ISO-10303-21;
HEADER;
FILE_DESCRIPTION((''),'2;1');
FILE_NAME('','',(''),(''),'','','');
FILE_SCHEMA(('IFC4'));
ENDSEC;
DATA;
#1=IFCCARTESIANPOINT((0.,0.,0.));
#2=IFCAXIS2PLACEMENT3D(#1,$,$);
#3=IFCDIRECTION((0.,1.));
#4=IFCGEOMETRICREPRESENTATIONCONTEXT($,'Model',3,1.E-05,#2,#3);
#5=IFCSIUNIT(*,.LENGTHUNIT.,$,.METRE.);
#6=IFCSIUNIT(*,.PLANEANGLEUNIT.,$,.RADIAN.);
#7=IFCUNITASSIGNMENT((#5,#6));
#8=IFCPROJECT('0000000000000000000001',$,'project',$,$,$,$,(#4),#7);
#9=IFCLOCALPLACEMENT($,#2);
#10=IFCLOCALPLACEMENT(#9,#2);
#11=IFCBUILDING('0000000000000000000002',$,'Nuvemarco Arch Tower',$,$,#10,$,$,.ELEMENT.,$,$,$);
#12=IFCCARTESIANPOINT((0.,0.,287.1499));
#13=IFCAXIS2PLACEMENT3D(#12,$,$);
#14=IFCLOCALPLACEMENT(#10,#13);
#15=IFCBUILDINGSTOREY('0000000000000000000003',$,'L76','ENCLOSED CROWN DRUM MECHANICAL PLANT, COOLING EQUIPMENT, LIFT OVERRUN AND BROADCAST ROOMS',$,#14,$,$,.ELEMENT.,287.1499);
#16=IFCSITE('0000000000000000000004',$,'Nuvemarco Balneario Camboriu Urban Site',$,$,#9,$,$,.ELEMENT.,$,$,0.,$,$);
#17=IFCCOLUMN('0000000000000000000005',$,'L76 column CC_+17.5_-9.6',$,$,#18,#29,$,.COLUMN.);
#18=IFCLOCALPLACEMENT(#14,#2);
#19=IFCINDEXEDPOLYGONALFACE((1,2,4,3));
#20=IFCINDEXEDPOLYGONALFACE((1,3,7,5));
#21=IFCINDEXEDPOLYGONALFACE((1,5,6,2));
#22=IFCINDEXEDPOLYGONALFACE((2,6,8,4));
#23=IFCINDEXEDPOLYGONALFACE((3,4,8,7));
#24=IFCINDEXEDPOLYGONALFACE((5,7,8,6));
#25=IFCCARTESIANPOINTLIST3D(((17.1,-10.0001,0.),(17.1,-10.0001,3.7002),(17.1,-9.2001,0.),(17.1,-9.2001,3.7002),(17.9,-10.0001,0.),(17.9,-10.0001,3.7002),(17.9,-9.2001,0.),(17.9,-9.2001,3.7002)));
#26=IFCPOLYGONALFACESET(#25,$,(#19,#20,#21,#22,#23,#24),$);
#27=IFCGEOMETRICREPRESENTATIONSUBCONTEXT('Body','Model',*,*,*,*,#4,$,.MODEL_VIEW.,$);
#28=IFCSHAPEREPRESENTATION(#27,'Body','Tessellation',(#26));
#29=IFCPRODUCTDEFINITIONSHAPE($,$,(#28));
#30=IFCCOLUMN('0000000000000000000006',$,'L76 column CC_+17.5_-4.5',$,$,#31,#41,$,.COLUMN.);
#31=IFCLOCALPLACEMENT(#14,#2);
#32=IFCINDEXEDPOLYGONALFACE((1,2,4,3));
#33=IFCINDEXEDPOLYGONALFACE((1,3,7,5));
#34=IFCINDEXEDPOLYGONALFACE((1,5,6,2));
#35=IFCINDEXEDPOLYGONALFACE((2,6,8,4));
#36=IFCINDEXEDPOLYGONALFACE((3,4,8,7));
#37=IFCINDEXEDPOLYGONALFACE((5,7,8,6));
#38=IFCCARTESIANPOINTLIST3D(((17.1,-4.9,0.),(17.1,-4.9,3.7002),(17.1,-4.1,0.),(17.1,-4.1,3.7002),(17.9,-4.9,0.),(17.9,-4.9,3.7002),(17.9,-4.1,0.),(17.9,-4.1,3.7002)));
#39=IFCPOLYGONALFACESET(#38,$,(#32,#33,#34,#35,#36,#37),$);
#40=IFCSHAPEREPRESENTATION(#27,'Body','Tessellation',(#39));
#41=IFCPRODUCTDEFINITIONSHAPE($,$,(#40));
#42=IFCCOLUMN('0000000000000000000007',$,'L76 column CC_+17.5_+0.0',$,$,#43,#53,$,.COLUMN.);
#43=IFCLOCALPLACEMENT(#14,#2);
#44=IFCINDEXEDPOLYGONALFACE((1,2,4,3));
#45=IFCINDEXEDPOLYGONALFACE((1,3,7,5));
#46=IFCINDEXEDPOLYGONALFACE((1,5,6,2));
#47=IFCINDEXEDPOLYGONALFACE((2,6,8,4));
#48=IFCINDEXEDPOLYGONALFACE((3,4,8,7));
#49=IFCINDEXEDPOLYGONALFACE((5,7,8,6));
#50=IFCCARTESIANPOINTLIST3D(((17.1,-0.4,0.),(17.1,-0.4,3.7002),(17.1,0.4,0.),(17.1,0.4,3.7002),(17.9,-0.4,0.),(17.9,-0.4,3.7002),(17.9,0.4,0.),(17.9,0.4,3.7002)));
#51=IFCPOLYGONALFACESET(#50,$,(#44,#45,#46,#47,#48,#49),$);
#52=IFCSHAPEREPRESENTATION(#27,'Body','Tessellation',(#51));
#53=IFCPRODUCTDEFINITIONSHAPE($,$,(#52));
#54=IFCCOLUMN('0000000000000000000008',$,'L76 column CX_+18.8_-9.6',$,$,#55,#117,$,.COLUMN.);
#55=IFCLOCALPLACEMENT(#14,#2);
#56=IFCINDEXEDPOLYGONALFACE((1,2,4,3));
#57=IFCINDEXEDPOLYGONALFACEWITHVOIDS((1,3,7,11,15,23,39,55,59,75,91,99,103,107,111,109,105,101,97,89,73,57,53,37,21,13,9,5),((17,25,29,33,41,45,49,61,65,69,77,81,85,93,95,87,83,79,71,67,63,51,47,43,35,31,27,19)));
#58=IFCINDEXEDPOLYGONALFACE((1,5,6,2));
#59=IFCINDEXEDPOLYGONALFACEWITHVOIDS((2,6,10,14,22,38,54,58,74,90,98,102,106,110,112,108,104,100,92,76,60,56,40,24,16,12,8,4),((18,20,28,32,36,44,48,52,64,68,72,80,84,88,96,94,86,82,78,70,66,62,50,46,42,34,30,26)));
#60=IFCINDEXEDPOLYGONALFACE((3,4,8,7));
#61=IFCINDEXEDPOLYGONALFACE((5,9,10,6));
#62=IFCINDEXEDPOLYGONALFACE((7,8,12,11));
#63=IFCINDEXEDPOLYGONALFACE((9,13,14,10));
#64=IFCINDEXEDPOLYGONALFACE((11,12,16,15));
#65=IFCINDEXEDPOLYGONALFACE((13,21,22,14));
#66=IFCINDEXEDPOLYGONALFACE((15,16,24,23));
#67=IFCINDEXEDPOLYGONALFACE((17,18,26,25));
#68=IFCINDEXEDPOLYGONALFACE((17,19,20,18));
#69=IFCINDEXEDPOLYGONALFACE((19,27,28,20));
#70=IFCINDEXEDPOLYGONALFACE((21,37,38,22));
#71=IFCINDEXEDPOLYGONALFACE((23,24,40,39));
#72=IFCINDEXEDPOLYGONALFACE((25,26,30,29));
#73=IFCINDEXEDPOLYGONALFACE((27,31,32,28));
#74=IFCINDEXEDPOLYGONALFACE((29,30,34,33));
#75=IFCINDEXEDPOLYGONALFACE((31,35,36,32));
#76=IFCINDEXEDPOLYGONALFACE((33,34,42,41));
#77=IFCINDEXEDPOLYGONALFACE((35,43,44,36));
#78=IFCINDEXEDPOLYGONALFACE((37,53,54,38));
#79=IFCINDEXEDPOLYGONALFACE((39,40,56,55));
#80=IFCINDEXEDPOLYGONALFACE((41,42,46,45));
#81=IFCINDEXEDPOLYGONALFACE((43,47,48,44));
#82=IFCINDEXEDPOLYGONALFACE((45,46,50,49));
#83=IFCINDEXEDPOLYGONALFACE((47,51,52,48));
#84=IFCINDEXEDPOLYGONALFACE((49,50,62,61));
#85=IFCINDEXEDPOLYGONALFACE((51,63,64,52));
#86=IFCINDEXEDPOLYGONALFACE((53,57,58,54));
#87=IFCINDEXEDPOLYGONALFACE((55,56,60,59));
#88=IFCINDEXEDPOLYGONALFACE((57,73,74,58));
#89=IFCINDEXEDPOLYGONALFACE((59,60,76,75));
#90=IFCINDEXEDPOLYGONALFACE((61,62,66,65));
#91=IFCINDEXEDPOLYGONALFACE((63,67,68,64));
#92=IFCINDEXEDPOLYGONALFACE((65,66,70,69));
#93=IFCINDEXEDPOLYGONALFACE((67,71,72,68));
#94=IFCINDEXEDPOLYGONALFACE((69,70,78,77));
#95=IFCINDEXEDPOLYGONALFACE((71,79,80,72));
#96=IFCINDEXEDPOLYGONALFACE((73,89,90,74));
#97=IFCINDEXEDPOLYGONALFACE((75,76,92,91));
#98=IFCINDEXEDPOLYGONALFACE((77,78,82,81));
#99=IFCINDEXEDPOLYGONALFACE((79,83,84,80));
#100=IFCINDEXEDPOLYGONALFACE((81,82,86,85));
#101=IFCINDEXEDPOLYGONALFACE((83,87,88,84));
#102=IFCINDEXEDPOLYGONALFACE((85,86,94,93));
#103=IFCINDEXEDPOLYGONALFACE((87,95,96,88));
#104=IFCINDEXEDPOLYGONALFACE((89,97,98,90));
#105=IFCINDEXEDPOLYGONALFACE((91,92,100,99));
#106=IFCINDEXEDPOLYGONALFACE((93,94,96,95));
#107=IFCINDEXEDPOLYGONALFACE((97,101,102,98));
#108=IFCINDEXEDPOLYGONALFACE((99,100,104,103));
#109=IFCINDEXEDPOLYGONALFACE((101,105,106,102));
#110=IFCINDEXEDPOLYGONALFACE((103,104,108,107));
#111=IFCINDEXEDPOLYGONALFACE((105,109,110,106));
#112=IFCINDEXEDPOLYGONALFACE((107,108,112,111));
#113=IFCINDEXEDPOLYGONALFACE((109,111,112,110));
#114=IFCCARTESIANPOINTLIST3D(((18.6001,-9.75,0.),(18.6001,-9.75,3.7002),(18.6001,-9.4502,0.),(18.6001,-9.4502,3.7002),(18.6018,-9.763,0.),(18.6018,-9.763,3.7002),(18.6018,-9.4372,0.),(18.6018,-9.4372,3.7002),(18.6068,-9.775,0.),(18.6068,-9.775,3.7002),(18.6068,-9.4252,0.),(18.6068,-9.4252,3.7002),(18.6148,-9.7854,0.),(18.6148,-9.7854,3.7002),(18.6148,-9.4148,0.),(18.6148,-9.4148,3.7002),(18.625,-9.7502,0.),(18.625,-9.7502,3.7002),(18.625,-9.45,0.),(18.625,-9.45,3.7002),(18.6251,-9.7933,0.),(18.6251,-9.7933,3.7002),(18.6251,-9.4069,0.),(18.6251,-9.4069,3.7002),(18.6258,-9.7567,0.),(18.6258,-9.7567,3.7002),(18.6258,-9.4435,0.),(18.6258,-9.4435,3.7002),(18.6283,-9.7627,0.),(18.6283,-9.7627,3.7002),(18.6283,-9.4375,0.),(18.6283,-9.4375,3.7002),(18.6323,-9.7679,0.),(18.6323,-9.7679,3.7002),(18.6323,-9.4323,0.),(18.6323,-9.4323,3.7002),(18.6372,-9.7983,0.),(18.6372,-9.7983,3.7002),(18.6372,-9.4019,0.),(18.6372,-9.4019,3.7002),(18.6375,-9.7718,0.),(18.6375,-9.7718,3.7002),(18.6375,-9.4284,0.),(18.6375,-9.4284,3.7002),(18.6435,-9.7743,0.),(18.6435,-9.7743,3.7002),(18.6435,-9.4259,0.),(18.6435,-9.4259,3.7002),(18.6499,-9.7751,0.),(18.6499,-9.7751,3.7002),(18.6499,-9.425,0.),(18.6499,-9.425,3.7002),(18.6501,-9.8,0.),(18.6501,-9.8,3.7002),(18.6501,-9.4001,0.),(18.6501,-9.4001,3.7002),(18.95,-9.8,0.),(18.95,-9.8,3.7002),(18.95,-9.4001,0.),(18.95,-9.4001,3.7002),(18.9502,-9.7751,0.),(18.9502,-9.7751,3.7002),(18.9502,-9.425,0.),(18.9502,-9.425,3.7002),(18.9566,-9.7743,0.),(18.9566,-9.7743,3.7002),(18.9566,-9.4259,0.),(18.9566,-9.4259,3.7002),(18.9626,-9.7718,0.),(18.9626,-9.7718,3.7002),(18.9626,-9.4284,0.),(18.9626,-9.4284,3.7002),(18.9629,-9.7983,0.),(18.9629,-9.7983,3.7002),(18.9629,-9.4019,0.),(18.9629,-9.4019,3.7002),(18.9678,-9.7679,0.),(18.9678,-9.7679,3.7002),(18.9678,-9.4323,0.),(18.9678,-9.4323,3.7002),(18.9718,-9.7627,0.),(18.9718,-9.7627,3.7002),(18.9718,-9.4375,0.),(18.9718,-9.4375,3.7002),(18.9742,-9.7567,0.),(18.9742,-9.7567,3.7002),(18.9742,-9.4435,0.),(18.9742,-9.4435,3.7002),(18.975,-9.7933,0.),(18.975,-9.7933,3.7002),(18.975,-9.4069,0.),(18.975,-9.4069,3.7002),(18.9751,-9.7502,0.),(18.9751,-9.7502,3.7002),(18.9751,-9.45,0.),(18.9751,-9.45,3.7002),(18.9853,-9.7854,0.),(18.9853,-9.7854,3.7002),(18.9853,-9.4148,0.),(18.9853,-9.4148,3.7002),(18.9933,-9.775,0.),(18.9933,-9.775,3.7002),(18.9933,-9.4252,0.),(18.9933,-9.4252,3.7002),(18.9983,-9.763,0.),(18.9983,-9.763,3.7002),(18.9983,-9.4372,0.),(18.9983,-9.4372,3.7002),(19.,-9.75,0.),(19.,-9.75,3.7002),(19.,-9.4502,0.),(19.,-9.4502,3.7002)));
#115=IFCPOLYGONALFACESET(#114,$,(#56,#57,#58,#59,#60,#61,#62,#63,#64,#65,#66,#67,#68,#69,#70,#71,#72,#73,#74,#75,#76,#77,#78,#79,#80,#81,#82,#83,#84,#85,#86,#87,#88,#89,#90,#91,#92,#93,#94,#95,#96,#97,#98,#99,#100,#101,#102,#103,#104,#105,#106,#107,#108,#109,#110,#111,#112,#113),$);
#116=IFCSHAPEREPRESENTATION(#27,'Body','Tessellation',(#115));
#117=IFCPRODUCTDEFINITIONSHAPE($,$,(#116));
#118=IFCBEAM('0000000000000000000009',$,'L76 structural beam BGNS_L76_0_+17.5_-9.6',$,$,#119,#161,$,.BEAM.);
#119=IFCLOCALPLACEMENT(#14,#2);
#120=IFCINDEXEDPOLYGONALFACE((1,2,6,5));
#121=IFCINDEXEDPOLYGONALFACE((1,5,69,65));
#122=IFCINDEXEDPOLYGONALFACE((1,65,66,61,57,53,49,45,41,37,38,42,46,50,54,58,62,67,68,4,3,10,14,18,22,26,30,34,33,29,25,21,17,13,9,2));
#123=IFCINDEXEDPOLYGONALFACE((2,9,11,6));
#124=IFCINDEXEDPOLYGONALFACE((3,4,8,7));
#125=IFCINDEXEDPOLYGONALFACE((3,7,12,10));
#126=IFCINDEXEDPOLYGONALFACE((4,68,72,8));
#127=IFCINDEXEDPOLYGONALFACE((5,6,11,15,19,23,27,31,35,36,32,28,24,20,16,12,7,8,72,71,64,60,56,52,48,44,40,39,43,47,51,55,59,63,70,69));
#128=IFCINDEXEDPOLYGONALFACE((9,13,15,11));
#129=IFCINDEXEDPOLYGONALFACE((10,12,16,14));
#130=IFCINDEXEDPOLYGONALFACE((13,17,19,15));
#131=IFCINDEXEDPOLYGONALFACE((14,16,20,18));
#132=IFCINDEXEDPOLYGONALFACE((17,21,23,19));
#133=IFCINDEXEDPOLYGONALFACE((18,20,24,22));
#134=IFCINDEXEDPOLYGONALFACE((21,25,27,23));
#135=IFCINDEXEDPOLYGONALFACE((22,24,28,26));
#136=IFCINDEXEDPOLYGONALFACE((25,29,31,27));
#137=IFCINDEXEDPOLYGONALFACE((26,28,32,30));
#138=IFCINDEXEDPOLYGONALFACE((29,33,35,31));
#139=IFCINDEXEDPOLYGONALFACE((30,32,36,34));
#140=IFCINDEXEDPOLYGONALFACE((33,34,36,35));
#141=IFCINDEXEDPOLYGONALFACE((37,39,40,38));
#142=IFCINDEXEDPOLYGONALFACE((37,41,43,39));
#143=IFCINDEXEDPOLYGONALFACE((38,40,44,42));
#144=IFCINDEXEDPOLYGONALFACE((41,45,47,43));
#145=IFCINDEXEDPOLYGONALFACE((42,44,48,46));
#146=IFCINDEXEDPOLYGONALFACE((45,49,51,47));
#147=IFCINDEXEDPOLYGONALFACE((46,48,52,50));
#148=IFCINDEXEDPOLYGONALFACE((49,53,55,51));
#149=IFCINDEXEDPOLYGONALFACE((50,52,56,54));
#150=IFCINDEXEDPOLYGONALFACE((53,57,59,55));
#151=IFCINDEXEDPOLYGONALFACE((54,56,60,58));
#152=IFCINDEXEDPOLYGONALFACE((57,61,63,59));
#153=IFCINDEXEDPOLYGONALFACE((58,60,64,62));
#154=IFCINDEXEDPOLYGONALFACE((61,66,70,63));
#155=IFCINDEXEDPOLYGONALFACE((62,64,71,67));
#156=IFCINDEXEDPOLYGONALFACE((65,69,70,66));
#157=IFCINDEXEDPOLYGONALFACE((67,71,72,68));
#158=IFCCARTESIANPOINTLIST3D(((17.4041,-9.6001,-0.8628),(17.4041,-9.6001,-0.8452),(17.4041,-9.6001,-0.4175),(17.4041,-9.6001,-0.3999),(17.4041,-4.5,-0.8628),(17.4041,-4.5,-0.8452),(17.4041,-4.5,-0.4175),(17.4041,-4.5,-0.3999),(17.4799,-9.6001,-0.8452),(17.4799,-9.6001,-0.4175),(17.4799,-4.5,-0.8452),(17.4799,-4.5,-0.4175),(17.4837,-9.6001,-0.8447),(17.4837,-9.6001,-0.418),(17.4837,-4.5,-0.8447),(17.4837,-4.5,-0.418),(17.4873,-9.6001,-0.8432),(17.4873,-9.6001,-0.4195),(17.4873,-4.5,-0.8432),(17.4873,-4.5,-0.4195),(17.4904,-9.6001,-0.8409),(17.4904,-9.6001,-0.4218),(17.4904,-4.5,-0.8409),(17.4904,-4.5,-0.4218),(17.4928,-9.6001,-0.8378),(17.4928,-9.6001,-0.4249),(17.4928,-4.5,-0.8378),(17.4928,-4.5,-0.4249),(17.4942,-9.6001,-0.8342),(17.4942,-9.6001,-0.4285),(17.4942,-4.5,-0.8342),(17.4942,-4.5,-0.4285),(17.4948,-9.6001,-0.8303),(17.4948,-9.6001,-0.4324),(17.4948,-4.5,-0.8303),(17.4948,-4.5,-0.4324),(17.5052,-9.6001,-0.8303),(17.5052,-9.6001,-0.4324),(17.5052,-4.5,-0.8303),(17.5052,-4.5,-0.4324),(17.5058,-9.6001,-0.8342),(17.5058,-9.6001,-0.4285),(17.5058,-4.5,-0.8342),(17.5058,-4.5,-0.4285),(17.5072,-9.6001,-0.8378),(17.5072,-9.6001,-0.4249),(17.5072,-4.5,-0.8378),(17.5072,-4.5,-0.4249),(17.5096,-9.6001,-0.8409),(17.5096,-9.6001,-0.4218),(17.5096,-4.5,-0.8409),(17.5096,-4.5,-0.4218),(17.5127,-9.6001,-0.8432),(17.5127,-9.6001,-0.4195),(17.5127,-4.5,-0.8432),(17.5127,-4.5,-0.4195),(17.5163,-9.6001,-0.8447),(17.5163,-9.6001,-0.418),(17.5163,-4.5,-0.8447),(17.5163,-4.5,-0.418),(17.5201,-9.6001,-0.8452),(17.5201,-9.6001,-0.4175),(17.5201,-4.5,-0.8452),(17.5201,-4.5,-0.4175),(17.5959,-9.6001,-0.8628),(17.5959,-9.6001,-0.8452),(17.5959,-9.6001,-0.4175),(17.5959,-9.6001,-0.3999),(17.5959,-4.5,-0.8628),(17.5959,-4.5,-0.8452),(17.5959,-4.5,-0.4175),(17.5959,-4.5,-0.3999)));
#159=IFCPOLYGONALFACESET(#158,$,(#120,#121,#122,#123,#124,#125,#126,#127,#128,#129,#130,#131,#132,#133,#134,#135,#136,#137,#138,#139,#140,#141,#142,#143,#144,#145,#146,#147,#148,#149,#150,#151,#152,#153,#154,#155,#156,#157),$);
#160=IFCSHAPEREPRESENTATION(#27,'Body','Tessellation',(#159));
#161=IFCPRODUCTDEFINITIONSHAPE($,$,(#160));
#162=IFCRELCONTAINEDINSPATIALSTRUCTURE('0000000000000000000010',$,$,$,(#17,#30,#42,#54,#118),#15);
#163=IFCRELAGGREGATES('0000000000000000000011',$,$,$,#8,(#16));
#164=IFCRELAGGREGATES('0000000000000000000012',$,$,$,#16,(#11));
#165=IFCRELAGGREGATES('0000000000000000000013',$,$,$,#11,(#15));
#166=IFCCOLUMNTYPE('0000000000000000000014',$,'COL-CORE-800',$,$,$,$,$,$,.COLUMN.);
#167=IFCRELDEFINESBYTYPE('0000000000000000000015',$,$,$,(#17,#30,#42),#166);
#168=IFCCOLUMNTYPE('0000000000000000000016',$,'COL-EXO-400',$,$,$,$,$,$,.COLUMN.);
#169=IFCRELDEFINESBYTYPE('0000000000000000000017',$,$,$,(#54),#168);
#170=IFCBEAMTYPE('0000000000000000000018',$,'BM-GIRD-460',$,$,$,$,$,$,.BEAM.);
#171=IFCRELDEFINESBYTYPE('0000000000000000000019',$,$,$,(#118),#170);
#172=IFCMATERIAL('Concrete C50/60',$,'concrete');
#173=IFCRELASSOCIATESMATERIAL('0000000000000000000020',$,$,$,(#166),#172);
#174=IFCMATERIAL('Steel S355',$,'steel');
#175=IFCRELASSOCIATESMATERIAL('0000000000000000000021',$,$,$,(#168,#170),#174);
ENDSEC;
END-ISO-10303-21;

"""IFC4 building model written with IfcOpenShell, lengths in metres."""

from ifc_helpers import new_model, si_unit, direction, frame, origin, origin_2d, place, context, subcontext, project, spatial, rectangle, hollow_rectangle, i_section, extrude, material, material_profile, profile_set, type_object, element, save


model = new_model("IFC4")

# Units and contexts
model_context = context("Model", 3, precision=1e-05, world=origin(), true_north=direction((0.0, 1.0)))
body_context = subcontext(model_context, "Body", "Model", "MODEL_VIEW")
ifc_project = project(units=[si_unit("LENGTHUNIT", "METRE"), si_unit("PLANEANGLEUNIT", "RADIAN")], contexts=[model_context])

# Site, building, storey
site_placement = place(None, origin())
site = spatial("IfcSite", under=ifc_project, at=site_placement, Name="Nuvemarco Balneario Camboriu Urban Site", CompositionType="ELEMENT", RefElevation=0.0)
building_placement = place(site_placement, origin())
building = spatial("IfcBuilding", under=site, at=building_placement, Name="Nuvemarco Arch Tower", CompositionType="ELEMENT")
storey_placement = place(building_placement, frame((0.0, 0.0, 287.1499)))
storey = spatial("IfcBuildingStorey", under=building, at=storey_placement, Name="L76", Description="ENCLOSED CROWN DRUM MECHANICAL PLANT, COOLING EQUIPMENT, LIFT OVERRUN AND BROADCAST ROOMS", CompositionType="ELEMENT", Elevation=287.1499)

# Columns
ifc_material_1 = material(Name="Concrete C50/60", Category="concrete")
ifc_material_profile_1 = material_profile(ifc_material_1, rectangle(XDim=0.8, YDim=0.8, at=origin_2d()), Name="RC-COL-800x800")
ifc_profile_set_1 = profile_set([ifc_material_profile_1], Name="Concrete C50/60")
column_type_1 = type_object("IfcColumnType", Name="COL-CORE-800", PredefinedType="COLUMN", material=ifc_profile_set_1)
for number, where, z_axis, x_axis, name in (
    (1, (17.5, -9.6001, 0.0), (0.0, 0.0, 1.0), (1.0, 0.0, 0.0), "L76 column CC_+17.5_-9.6"),
    (2, (17.5, -4.5, 0.0), (0.0, 0.0, 1.0), (1.0, 0.0, 0.0), "L76 column CC_+17.5_-4.5"),
    (3, (17.5, 0.0, 0.0), (0.0, 0.0, 1.0), (1.0, 0.0, 0.0), "L76 column CC_+17.5_+0.0"),
):
    element("IfcColumn", number, at=place(storey_placement, frame(where, z_axis=z_axis, x_axis=x_axis)), inside=storey, type_object=column_type_1, Name=name, PredefinedType="COLUMN", context=body_context, shape_type="SweptSolid", body=[
        extrude(rectangle(XDim=0.8, YDim=0.8, at=origin_2d()), origin(), (0.0, 0.0, 1.0), 3.7002),
    ])
ifc_material_2 = material(Name="Steel S355", Category="steel")
ifc_material_profile_2 = material_profile(ifc_material_2, hollow_rectangle(XDim=0.3999, YDim=0.3999, WallThickness=0.0249, InnerFilletRadius=0.0249, OuterFilletRadius=0.05, at=origin_2d()), Name="SHS400x400x25")
ifc_profile_set_2 = profile_set([ifc_material_profile_2], Name="Steel S355")
column_type_2 = type_object("IfcColumnType", Name="COL-EXO-400", PredefinedType="COLUMN", material=ifc_profile_set_2)
column_placement = place(storey_placement, frame((18.8, -9.6001, 0.0), z_axis=(0.0, 0.0, 1.0), x_axis=(1.0, 0.0, 0.0)))
element("IfcColumn", 4, at=column_placement, inside=storey, type_object=column_type_2, Name="L76 column CX_+18.8_-9.6", PredefinedType="COLUMN", context=body_context, shape_type="SweptSolid", body=[
    extrude(hollow_rectangle(XDim=0.3999, YDim=0.3999, WallThickness=0.0249, InnerFilletRadius=0.0249, OuterFilletRadius=0.05, at=origin_2d()), origin(), (0.0, 0.0, 1.0), 3.7002),
])

# Beam
ifc_material_profile_3 = material_profile(ifc_material_2, i_section(OverallWidth=0.1919, OverallDepth=0.4629, WebThickness=0.0105, FlangeThickness=0.0176, FilletRadius=0.0149, at=origin_2d()), Name="W460x89")
ifc_profile_set_3 = profile_set([ifc_material_profile_3], Name="Steel S355")
beam_type_1 = type_object("IfcBeamType", Name="BM-GIRD-460", PredefinedType="BEAM", material=ifc_profile_set_3)
beam_1_placement = place(storey_placement, frame((17.5, -9.6001, -0.6313), z_axis=(0.0, 1.0, 0.0), x_axis=(-1.0, 0.0, 0.0)))
element("IfcBeam", 5, at=beam_1_placement, inside=storey, type_object=beam_type_1, Name="L76 structural beam BGNS_L76_0_+17.5_-9.6", PredefinedType="BEAM", context=body_context, shape_type="SweptSolid", body=[
    extrude(i_section(OverallWidth=0.1919, OverallDepth=0.4629, WebThickness=0.0105, FlangeThickness=0.0176, FilletRadius=0.0149, at=origin_2d()), origin(), (0.0, 0.0, 1.0), 5.1001),
])

save(model, "model.ifc")
